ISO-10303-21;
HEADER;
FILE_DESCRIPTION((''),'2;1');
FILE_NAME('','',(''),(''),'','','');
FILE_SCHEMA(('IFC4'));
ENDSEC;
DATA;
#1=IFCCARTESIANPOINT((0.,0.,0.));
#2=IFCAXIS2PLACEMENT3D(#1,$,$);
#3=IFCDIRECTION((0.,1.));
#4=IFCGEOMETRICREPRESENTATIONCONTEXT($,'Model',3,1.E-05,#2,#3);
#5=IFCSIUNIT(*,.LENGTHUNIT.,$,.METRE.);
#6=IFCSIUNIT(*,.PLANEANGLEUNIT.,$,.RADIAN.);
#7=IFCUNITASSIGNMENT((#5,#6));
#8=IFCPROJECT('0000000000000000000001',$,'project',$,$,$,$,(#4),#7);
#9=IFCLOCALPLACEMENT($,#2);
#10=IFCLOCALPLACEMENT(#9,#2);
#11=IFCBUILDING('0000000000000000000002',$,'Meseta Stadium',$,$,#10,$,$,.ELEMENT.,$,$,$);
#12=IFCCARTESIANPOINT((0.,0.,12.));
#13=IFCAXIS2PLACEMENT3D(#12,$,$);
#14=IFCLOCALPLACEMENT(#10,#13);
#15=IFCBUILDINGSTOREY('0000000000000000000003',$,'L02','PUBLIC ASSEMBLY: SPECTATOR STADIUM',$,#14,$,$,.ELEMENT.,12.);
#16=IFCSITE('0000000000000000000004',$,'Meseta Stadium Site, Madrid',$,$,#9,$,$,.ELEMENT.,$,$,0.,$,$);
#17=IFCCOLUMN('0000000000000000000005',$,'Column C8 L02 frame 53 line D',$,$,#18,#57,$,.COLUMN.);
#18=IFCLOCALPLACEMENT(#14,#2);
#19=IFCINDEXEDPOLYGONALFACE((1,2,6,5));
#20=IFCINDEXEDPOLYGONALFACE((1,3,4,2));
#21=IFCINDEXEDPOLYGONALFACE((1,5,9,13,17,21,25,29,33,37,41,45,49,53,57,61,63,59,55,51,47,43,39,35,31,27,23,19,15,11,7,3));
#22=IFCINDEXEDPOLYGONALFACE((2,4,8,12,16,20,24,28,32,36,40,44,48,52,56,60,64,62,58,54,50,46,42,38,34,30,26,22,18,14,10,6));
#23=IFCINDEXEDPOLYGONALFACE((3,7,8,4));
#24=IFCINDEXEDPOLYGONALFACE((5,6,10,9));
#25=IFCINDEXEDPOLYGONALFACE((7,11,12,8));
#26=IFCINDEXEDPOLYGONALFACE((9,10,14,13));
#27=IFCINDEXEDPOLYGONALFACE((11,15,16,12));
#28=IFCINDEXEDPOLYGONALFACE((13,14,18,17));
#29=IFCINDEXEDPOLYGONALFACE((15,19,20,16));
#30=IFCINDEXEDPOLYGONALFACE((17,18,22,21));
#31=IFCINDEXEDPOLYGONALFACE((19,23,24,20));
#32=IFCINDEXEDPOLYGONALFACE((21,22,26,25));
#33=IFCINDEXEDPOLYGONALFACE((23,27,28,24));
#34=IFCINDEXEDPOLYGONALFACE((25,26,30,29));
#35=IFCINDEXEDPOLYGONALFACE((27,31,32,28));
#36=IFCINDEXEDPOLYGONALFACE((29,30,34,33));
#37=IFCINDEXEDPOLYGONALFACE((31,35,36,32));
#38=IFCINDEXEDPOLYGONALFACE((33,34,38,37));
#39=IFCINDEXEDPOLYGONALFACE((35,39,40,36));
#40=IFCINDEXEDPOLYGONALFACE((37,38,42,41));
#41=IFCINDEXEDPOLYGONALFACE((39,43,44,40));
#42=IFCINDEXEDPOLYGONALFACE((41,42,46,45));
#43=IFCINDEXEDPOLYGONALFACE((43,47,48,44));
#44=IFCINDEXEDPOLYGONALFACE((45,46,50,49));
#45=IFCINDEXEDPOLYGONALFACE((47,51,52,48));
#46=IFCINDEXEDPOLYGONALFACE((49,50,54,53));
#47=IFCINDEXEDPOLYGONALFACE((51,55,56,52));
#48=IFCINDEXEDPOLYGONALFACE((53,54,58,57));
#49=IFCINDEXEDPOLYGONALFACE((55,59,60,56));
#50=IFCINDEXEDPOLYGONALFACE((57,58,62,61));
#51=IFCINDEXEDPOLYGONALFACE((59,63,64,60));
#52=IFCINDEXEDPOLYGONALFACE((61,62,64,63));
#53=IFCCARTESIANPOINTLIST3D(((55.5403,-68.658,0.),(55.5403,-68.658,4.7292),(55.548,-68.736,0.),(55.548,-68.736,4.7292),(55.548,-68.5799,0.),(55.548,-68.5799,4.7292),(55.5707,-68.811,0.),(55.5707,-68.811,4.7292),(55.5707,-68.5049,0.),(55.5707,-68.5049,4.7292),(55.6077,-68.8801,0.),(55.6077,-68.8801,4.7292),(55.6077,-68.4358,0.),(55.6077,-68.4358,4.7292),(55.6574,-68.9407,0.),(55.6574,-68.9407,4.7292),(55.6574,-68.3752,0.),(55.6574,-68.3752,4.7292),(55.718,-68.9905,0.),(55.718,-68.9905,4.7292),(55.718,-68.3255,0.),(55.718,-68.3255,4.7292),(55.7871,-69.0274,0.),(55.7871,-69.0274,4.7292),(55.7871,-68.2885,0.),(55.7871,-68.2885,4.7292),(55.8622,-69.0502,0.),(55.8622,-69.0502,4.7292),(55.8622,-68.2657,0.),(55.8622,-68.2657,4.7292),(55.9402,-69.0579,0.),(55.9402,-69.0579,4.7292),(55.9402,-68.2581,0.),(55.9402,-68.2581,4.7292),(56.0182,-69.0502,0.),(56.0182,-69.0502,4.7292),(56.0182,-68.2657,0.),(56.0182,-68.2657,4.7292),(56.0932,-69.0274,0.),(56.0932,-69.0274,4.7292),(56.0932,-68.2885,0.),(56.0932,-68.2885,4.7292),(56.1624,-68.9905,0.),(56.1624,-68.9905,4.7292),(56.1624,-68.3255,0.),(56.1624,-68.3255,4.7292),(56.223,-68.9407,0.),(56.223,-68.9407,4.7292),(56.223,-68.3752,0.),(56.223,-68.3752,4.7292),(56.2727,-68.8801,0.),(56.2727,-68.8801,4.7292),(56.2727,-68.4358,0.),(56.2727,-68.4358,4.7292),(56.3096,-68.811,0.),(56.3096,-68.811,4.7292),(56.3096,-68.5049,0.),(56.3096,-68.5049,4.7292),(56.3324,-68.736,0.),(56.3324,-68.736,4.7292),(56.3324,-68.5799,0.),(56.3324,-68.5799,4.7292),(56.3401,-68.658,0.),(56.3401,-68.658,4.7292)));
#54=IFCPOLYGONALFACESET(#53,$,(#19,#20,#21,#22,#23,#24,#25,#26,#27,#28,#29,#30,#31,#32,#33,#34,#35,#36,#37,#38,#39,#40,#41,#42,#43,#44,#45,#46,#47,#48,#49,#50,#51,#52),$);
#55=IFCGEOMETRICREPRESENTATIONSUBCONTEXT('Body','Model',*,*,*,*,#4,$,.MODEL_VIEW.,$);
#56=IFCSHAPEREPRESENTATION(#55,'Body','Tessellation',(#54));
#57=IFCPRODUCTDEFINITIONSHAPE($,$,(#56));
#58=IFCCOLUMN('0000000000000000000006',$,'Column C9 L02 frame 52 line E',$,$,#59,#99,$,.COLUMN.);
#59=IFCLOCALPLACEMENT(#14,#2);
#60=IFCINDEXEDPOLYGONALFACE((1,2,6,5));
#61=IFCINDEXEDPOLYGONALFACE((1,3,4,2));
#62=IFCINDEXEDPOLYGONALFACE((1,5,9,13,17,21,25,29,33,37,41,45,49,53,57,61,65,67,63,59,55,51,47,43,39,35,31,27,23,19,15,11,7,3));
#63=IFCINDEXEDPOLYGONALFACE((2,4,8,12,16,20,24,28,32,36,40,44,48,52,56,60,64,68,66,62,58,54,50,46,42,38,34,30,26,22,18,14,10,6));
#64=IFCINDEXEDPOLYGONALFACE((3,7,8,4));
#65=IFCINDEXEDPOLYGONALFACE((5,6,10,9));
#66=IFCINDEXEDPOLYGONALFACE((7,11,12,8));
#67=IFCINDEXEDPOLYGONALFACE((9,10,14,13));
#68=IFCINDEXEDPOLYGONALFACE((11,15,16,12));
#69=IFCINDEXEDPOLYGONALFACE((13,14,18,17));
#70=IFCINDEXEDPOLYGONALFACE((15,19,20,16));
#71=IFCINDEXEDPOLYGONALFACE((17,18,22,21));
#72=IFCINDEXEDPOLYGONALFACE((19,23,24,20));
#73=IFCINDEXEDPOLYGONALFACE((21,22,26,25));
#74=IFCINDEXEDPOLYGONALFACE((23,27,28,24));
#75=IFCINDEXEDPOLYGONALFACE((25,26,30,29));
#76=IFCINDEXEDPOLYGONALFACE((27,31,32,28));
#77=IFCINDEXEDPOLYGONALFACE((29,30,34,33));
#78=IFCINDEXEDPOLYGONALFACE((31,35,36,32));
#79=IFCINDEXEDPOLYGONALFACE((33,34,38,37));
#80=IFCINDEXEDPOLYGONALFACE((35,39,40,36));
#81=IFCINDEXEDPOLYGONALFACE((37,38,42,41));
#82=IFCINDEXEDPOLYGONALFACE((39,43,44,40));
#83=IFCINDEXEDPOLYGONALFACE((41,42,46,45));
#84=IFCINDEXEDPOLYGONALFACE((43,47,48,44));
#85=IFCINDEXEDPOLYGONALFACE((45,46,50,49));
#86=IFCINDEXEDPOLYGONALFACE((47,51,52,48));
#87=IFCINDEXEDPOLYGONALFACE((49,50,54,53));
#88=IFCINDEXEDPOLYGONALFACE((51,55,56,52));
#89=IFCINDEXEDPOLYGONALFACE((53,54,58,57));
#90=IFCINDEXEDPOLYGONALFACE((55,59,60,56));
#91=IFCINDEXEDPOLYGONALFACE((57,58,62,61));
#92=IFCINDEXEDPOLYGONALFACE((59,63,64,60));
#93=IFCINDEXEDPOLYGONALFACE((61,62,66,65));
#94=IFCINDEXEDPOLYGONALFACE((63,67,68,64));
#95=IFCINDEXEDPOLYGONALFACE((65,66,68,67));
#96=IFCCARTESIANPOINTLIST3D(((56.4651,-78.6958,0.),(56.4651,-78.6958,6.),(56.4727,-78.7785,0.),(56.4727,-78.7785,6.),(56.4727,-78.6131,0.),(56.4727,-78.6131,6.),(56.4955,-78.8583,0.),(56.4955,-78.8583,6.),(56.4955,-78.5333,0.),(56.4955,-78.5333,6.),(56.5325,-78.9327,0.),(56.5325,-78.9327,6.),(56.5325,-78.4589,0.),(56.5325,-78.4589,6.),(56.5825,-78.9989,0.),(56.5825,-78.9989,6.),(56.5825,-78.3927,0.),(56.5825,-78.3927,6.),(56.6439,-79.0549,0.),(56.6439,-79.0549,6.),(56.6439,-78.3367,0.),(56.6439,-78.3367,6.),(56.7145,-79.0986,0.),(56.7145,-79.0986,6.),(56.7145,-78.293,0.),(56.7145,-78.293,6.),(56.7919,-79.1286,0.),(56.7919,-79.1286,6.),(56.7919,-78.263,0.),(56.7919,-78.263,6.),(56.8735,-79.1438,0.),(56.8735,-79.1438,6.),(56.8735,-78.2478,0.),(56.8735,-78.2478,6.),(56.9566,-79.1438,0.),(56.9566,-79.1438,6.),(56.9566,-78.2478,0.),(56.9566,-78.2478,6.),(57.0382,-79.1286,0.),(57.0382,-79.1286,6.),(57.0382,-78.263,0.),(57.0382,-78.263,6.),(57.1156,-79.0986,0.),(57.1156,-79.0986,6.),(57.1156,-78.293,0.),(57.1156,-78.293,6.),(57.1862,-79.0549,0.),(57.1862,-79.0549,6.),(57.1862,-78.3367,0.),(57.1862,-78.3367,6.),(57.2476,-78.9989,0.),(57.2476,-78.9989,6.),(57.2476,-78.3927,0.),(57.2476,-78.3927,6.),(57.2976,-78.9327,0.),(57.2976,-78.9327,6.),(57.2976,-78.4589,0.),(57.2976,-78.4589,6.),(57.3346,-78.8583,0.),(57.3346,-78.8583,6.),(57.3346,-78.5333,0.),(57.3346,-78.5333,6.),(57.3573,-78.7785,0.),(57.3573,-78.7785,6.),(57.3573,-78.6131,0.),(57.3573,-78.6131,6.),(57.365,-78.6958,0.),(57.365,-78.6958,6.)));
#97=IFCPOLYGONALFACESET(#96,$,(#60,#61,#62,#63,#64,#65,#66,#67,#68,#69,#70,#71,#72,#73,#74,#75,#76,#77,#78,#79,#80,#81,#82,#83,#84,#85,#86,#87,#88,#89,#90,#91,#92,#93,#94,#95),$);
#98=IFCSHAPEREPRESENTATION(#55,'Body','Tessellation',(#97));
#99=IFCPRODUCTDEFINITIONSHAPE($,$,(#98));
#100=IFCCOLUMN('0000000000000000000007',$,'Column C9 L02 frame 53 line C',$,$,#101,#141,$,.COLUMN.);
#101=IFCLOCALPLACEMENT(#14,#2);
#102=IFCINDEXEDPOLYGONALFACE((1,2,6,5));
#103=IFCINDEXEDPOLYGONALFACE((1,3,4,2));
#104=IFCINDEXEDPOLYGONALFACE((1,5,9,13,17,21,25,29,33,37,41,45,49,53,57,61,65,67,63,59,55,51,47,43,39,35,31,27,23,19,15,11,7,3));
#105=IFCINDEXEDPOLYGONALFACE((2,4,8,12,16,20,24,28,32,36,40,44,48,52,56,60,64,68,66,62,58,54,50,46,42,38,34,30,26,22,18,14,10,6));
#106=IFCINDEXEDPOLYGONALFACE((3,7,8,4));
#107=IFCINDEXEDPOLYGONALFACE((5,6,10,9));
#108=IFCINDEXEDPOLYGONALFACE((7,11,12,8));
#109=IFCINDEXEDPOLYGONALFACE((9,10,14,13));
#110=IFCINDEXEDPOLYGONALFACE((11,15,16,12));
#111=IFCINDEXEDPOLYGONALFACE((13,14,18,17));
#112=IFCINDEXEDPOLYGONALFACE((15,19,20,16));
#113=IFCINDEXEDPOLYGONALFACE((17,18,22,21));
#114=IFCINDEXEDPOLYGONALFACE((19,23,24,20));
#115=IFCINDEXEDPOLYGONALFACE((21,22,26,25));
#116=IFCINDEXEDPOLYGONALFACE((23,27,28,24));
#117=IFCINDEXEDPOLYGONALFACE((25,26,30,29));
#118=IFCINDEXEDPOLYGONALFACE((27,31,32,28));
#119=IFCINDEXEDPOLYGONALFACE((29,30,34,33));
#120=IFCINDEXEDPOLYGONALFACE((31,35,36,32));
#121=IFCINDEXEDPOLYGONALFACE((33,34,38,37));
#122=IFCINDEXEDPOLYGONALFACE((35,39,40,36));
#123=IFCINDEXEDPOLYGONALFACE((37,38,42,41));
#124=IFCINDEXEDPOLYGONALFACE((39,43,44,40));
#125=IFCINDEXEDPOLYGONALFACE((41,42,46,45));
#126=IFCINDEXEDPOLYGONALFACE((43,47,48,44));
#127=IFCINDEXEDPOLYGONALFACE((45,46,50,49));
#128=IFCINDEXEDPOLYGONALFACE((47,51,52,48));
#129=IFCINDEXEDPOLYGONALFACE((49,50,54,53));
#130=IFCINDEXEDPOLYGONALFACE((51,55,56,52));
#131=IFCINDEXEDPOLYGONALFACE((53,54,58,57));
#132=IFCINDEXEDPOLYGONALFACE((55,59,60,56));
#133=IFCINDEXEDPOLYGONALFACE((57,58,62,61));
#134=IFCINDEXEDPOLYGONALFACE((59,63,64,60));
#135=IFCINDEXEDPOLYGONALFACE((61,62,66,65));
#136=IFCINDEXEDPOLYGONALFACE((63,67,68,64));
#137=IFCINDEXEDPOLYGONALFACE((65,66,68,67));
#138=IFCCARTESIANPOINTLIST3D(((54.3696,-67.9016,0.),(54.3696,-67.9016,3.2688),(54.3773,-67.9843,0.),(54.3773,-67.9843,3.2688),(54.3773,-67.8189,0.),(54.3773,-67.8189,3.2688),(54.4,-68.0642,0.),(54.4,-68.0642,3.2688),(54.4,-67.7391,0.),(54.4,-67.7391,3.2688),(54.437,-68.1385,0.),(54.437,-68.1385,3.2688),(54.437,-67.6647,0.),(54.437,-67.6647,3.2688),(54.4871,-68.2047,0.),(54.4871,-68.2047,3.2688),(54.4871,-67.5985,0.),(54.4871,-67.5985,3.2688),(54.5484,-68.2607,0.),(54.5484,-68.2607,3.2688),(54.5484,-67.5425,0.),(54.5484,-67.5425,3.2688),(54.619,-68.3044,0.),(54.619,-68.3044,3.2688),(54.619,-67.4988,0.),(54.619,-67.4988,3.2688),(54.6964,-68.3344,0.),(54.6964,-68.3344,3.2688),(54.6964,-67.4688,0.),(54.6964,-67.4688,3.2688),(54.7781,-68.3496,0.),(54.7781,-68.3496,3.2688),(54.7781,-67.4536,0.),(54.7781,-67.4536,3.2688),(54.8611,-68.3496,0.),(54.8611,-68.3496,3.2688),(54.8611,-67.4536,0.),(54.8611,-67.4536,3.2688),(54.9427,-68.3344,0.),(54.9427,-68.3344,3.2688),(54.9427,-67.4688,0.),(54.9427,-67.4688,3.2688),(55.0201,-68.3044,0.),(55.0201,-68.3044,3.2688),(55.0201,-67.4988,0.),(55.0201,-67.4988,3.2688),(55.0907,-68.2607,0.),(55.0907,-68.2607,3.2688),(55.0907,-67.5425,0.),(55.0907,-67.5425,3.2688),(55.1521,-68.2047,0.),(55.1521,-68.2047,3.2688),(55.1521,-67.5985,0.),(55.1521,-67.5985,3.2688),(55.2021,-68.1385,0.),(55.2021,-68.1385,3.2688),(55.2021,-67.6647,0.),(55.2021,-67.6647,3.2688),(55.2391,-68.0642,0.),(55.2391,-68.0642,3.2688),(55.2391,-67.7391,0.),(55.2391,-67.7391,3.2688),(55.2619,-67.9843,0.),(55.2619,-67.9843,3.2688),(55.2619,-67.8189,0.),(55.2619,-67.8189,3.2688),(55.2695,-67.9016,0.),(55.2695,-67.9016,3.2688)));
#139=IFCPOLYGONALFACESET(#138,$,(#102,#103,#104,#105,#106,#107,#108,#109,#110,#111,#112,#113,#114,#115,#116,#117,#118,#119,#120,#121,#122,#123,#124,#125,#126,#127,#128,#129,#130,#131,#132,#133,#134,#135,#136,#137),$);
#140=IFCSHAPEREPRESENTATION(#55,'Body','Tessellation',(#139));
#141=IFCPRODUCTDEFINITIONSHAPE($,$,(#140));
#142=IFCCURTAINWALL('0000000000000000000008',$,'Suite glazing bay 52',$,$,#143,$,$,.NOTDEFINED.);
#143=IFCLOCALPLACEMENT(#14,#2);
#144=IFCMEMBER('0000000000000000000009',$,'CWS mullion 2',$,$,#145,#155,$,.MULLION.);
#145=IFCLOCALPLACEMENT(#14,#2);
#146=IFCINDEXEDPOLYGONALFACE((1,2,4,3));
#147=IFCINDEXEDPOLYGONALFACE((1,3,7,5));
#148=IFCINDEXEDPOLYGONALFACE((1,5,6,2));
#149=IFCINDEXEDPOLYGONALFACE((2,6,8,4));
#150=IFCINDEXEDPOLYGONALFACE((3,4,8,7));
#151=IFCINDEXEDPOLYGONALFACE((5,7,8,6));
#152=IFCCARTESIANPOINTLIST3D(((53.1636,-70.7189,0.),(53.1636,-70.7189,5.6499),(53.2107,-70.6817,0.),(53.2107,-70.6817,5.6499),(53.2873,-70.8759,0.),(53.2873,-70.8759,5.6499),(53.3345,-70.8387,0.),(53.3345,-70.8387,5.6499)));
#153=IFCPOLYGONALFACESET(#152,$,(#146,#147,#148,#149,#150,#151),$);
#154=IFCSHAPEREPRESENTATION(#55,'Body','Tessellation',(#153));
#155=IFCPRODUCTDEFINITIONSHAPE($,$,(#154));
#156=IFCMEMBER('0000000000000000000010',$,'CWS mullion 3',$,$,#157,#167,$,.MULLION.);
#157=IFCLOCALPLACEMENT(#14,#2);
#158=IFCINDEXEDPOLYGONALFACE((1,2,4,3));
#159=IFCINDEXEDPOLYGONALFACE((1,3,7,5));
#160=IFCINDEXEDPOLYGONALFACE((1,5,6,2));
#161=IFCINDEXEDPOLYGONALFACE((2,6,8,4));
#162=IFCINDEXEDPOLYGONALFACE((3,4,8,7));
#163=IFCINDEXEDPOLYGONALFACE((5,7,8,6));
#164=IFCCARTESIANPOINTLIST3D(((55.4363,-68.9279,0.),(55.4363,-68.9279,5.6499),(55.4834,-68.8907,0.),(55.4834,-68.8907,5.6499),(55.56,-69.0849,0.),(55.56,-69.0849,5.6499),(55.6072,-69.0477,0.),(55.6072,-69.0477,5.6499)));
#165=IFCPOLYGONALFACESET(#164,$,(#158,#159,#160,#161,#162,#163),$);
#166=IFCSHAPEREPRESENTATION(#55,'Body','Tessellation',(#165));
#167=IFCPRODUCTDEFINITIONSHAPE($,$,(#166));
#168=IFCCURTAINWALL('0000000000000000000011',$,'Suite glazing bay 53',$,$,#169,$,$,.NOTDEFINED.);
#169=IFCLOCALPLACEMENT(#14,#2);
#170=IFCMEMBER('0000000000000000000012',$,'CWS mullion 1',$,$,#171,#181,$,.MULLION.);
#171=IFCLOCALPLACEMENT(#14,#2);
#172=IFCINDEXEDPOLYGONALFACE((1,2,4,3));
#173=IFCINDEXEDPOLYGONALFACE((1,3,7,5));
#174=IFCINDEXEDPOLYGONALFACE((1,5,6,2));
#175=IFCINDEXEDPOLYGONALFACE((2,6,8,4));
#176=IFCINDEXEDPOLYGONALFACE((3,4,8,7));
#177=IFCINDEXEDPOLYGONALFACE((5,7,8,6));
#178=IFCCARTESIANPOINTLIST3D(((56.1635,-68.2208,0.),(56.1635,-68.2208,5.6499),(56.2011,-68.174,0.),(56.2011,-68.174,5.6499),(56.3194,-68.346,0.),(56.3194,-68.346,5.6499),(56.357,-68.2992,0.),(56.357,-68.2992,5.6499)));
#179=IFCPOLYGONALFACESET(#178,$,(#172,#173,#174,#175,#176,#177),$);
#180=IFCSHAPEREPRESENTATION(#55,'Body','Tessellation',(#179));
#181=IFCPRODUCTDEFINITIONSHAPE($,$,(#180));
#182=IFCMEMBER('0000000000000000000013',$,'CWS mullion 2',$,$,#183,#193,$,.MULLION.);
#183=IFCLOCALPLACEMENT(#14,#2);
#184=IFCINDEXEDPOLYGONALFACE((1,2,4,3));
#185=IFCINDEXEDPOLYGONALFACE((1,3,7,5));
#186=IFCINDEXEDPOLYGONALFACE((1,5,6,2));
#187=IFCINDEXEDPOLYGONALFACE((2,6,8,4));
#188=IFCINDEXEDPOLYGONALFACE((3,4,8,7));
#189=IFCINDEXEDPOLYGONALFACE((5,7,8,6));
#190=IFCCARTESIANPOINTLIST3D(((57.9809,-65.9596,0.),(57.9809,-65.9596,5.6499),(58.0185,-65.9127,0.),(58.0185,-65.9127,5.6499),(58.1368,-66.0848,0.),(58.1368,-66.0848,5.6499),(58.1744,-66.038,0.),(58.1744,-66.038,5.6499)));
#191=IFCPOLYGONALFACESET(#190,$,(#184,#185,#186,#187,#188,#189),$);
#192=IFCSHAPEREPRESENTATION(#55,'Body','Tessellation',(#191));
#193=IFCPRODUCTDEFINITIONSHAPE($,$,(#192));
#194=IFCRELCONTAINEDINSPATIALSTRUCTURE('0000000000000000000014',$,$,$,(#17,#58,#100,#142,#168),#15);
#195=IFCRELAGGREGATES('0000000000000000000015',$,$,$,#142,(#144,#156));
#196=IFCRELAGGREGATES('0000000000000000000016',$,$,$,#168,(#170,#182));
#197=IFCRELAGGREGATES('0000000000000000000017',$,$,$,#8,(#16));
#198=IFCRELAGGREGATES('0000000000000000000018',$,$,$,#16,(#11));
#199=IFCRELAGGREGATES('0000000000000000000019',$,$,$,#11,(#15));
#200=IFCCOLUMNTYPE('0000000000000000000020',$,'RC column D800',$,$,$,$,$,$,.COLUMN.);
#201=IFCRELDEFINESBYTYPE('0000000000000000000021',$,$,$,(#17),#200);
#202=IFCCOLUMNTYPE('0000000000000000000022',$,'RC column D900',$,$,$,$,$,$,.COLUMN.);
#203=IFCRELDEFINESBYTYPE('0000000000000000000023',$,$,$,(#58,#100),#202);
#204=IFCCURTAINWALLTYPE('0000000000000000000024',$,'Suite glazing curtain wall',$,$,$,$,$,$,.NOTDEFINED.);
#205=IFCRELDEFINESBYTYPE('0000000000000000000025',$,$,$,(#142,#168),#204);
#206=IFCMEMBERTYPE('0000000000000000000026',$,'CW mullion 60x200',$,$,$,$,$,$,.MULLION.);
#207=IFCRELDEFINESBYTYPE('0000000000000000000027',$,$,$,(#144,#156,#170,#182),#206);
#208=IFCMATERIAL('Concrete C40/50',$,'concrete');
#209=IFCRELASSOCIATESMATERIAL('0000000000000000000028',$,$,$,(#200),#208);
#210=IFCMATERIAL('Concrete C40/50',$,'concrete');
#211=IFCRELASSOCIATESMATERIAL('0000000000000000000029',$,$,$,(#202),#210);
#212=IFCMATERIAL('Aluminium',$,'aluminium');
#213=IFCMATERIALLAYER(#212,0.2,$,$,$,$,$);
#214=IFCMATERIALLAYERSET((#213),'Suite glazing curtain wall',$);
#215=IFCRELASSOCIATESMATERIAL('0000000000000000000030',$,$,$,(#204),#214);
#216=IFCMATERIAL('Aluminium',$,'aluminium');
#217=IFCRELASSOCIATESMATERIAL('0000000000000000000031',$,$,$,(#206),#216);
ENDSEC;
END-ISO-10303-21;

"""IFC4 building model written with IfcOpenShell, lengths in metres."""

from ifc_helpers import new_model, si_unit, direction, frame, origin, origin_2d, place, context, subcontext, project, spatial, rectangle, circle, extrude, material, layer, layer_set, material_profile, profile_set, type_object, element, aggregate, save


model = new_model("IFC4")

# Units and contexts
model_context = context("Model", 3, precision=1e-05, world=origin(), true_north=direction((0.0, 1.0)))
body_context = subcontext(model_context, "Body", "Model", "MODEL_VIEW")
ifc_project = project(units=[si_unit("LENGTHUNIT", "METRE"), si_unit("PLANEANGLEUNIT", "RADIAN")], contexts=[model_context])

# Site, building, storey
site_placement = place(None, origin())
site = spatial("IfcSite", under=ifc_project, at=site_placement, Name="Meseta Stadium Site, Madrid", CompositionType="ELEMENT", RefElevation=0.0)
building_placement = place(site_placement, origin())
building = spatial("IfcBuilding", under=site, at=building_placement, Name="Meseta Stadium", CompositionType="ELEMENT")
storey_placement = place(building_placement, frame((0.0, 0.0, 12.0)))
storey = spatial("IfcBuildingStorey", under=building, at=storey_placement, Name="L02", Description="PUBLIC ASSEMBLY: SPECTATOR STADIUM", CompositionType="ELEMENT", Elevation=12.0)

# Columns
ifc_material_1 = material(Name="Concrete C40/50", Category="concrete")
ifc_material_profile_1 = material_profile(ifc_material_1, circle(Radius=0.3999, at=origin_2d()), Name="RC D800")
ifc_profile_set_1 = profile_set([ifc_material_profile_1], Name="Concrete C40/50")
column_type_1 = type_object("IfcColumnType", Name="RC column D800", PredefinedType="COLUMN", material=ifc_profile_set_1)
column_1_placement = place(storey_placement, frame((55.9402, -68.658, 0.0), z_axis=(0.0, 0.0, 1.0), x_axis=(1.0, 0.0, 0.0)))
element("IfcColumn", 1, at=column_1_placement, inside=storey, type_object=column_type_1, Name="Column C8 L02 frame 53 line D", PredefinedType="COLUMN", context=body_context, shape_type="SweptSolid", body=[
    extrude(circle(Radius=0.3999, at=origin_2d()), origin(), (0.0, 0.0, 1.0), 4.7292),
])
ifc_material_2 = material(Name="Concrete C40/50", Category="concrete")
ifc_material_profile_2 = material_profile(ifc_material_2, circle(Radius=0.45, at=origin_2d()), Name="RC D900")
ifc_profile_set_2 = profile_set([ifc_material_profile_2], Name="Concrete C40/50")
column_type_2 = type_object("IfcColumnType", Name="RC column D900", PredefinedType="COLUMN", material=ifc_profile_set_2)
column_2_placement = place(storey_placement, frame((56.915, -78.6958, 0.0), z_axis=(0.0, 0.0, 1.0), x_axis=(1.0, 0.0, 0.0)))
element("IfcColumn", 2, at=column_2_placement, inside=storey, type_object=column_type_2, Name="Column C9 L02 frame 52 line E", PredefinedType="COLUMN", context=body_context, shape_type="SweptSolid", body=[
    extrude(circle(Radius=0.45, at=origin_2d()), origin(), (0.0, 0.0, 1.0), 6.0),
])
column_3_placement = place(storey_placement, frame((54.8196, -67.9016, 0.0), z_axis=(0.0, 0.0, 1.0), x_axis=(1.0, 0.0, 0.0)))
element("IfcColumn", 3, at=column_3_placement, inside=storey, type_object=column_type_2, Name="Column C9 L02 frame 53 line C", PredefinedType="COLUMN", context=body_context, shape_type="SweptSolid", body=[
    extrude(circle(Radius=0.45, at=origin_2d()), origin(), (0.0, 0.0, 1.0), 3.2688),
])

# Curtain walls, members
ifc_material_3 = material(Name="Aluminium", Category="aluminium")
ifc_layer_1 = layer(ifc_material_3, 0.2)
ifc_layer_set_1 = layer_set([ifc_layer_1], Name="Suite glazing curtain wall")
curtain_wall_type = type_object("IfcCurtainWallType", Name="Suite glazing curtain wall", PredefinedType="NOTDEFINED", material=ifc_layer_set_1)
curtain_wall_1_placement = place(storey_placement, origin())
curtain_wall_1 = element("IfcCurtainWall", 4, at=curtain_wall_1_placement, inside=storey, type_object=curtain_wall_type, Name="Suite glazing bay 52", PredefinedType="NOTDEFINED")
ifc_material_4 = material(Name="Aluminium", Category="aluminium")
ifc_material_profile_3 = material_profile(ifc_material_4, rectangle(XDim=0.2, YDim=0.0601, at=origin_2d()), Name="CW 200x60")
ifc_profile_set_3 = profile_set([ifc_material_profile_3], Name="Aluminium")
member_type_1 = type_object("IfcMemberType", Name="CW mullion 60x200", PredefinedType="MULLION", material=ifc_profile_set_3)
member_1_placement = place(storey_placement, frame((53.249, -70.7788, 0.0), z_axis=(0.0, 0.0, 1.0), x_axis=(-0.618944, 0.785435, 0.0)))
member_1 = element("IfcMember", 5, at=member_1_placement, type_object=member_type_1, Name="CWS mullion 2", PredefinedType="MULLION", context=body_context, shape_type="SweptSolid", body=[
    extrude(rectangle(XDim=0.2, YDim=0.0601, at=origin_2d()), origin(), (0.0, 0.0, 1.0), 5.6499),
])
member_2_placement = place(storey_placement, frame((55.5217, -68.9878, 0.0), z_axis=(0.0, 0.0, 1.0), x_axis=(-0.618944, 0.785435, 0.0)))
member_2 = element("IfcMember", 6, at=member_2_placement, type_object=member_type_1, Name="CWS mullion 3", PredefinedType="MULLION", context=body_context, shape_type="SweptSolid", body=[
    extrude(rectangle(XDim=0.2, YDim=0.0601, at=origin_2d()), origin(), (0.0, 0.0, 1.0), 5.6499),
])
curtain_wall_2_placement = place(storey_placement, origin())
curtain_wall_2 = element("IfcCurtainWall", 7, at=curtain_wall_2_placement, inside=storey, type_object=curtain_wall_type, Name="Suite glazing bay 53", PredefinedType="NOTDEFINED")
member_3_placement = place(storey_placement, frame((56.2603, -68.26, 0.0), z_axis=(0.0, 0.0, 1.0), x_axis=(-0.779454, 0.62646, 0.0)))
member_3 = element("IfcMember", 8, at=member_3_placement, type_object=member_type_1, Name="CWS mullion 1", PredefinedType="MULLION", context=body_context, shape_type="SweptSolid", body=[
    extrude(rectangle(XDim=0.2, YDim=0.0601, at=origin_2d()), origin(), (0.0, 0.0, 1.0), 5.6499),
])
member_4_placement = place(storey_placement, frame((58.0776, -65.9988, 0.0), z_axis=(0.0, 0.0, 1.0), x_axis=(-0.779454, 0.62646, 0.0)))
member_4 = element("IfcMember", 9, at=member_4_placement, type_object=member_type_1, Name="CWS mullion 2", PredefinedType="MULLION", context=body_context, shape_type="SweptSolid", body=[
    extrude(rectangle(XDim=0.2, YDim=0.0601, at=origin_2d()), origin(), (0.0, 0.0, 1.0), 5.6499),
])

aggregate(curtain_wall_1, [member_1, member_2])
aggregate(curtain_wall_2, [member_3, member_4])

save(model, "model.ifc")
